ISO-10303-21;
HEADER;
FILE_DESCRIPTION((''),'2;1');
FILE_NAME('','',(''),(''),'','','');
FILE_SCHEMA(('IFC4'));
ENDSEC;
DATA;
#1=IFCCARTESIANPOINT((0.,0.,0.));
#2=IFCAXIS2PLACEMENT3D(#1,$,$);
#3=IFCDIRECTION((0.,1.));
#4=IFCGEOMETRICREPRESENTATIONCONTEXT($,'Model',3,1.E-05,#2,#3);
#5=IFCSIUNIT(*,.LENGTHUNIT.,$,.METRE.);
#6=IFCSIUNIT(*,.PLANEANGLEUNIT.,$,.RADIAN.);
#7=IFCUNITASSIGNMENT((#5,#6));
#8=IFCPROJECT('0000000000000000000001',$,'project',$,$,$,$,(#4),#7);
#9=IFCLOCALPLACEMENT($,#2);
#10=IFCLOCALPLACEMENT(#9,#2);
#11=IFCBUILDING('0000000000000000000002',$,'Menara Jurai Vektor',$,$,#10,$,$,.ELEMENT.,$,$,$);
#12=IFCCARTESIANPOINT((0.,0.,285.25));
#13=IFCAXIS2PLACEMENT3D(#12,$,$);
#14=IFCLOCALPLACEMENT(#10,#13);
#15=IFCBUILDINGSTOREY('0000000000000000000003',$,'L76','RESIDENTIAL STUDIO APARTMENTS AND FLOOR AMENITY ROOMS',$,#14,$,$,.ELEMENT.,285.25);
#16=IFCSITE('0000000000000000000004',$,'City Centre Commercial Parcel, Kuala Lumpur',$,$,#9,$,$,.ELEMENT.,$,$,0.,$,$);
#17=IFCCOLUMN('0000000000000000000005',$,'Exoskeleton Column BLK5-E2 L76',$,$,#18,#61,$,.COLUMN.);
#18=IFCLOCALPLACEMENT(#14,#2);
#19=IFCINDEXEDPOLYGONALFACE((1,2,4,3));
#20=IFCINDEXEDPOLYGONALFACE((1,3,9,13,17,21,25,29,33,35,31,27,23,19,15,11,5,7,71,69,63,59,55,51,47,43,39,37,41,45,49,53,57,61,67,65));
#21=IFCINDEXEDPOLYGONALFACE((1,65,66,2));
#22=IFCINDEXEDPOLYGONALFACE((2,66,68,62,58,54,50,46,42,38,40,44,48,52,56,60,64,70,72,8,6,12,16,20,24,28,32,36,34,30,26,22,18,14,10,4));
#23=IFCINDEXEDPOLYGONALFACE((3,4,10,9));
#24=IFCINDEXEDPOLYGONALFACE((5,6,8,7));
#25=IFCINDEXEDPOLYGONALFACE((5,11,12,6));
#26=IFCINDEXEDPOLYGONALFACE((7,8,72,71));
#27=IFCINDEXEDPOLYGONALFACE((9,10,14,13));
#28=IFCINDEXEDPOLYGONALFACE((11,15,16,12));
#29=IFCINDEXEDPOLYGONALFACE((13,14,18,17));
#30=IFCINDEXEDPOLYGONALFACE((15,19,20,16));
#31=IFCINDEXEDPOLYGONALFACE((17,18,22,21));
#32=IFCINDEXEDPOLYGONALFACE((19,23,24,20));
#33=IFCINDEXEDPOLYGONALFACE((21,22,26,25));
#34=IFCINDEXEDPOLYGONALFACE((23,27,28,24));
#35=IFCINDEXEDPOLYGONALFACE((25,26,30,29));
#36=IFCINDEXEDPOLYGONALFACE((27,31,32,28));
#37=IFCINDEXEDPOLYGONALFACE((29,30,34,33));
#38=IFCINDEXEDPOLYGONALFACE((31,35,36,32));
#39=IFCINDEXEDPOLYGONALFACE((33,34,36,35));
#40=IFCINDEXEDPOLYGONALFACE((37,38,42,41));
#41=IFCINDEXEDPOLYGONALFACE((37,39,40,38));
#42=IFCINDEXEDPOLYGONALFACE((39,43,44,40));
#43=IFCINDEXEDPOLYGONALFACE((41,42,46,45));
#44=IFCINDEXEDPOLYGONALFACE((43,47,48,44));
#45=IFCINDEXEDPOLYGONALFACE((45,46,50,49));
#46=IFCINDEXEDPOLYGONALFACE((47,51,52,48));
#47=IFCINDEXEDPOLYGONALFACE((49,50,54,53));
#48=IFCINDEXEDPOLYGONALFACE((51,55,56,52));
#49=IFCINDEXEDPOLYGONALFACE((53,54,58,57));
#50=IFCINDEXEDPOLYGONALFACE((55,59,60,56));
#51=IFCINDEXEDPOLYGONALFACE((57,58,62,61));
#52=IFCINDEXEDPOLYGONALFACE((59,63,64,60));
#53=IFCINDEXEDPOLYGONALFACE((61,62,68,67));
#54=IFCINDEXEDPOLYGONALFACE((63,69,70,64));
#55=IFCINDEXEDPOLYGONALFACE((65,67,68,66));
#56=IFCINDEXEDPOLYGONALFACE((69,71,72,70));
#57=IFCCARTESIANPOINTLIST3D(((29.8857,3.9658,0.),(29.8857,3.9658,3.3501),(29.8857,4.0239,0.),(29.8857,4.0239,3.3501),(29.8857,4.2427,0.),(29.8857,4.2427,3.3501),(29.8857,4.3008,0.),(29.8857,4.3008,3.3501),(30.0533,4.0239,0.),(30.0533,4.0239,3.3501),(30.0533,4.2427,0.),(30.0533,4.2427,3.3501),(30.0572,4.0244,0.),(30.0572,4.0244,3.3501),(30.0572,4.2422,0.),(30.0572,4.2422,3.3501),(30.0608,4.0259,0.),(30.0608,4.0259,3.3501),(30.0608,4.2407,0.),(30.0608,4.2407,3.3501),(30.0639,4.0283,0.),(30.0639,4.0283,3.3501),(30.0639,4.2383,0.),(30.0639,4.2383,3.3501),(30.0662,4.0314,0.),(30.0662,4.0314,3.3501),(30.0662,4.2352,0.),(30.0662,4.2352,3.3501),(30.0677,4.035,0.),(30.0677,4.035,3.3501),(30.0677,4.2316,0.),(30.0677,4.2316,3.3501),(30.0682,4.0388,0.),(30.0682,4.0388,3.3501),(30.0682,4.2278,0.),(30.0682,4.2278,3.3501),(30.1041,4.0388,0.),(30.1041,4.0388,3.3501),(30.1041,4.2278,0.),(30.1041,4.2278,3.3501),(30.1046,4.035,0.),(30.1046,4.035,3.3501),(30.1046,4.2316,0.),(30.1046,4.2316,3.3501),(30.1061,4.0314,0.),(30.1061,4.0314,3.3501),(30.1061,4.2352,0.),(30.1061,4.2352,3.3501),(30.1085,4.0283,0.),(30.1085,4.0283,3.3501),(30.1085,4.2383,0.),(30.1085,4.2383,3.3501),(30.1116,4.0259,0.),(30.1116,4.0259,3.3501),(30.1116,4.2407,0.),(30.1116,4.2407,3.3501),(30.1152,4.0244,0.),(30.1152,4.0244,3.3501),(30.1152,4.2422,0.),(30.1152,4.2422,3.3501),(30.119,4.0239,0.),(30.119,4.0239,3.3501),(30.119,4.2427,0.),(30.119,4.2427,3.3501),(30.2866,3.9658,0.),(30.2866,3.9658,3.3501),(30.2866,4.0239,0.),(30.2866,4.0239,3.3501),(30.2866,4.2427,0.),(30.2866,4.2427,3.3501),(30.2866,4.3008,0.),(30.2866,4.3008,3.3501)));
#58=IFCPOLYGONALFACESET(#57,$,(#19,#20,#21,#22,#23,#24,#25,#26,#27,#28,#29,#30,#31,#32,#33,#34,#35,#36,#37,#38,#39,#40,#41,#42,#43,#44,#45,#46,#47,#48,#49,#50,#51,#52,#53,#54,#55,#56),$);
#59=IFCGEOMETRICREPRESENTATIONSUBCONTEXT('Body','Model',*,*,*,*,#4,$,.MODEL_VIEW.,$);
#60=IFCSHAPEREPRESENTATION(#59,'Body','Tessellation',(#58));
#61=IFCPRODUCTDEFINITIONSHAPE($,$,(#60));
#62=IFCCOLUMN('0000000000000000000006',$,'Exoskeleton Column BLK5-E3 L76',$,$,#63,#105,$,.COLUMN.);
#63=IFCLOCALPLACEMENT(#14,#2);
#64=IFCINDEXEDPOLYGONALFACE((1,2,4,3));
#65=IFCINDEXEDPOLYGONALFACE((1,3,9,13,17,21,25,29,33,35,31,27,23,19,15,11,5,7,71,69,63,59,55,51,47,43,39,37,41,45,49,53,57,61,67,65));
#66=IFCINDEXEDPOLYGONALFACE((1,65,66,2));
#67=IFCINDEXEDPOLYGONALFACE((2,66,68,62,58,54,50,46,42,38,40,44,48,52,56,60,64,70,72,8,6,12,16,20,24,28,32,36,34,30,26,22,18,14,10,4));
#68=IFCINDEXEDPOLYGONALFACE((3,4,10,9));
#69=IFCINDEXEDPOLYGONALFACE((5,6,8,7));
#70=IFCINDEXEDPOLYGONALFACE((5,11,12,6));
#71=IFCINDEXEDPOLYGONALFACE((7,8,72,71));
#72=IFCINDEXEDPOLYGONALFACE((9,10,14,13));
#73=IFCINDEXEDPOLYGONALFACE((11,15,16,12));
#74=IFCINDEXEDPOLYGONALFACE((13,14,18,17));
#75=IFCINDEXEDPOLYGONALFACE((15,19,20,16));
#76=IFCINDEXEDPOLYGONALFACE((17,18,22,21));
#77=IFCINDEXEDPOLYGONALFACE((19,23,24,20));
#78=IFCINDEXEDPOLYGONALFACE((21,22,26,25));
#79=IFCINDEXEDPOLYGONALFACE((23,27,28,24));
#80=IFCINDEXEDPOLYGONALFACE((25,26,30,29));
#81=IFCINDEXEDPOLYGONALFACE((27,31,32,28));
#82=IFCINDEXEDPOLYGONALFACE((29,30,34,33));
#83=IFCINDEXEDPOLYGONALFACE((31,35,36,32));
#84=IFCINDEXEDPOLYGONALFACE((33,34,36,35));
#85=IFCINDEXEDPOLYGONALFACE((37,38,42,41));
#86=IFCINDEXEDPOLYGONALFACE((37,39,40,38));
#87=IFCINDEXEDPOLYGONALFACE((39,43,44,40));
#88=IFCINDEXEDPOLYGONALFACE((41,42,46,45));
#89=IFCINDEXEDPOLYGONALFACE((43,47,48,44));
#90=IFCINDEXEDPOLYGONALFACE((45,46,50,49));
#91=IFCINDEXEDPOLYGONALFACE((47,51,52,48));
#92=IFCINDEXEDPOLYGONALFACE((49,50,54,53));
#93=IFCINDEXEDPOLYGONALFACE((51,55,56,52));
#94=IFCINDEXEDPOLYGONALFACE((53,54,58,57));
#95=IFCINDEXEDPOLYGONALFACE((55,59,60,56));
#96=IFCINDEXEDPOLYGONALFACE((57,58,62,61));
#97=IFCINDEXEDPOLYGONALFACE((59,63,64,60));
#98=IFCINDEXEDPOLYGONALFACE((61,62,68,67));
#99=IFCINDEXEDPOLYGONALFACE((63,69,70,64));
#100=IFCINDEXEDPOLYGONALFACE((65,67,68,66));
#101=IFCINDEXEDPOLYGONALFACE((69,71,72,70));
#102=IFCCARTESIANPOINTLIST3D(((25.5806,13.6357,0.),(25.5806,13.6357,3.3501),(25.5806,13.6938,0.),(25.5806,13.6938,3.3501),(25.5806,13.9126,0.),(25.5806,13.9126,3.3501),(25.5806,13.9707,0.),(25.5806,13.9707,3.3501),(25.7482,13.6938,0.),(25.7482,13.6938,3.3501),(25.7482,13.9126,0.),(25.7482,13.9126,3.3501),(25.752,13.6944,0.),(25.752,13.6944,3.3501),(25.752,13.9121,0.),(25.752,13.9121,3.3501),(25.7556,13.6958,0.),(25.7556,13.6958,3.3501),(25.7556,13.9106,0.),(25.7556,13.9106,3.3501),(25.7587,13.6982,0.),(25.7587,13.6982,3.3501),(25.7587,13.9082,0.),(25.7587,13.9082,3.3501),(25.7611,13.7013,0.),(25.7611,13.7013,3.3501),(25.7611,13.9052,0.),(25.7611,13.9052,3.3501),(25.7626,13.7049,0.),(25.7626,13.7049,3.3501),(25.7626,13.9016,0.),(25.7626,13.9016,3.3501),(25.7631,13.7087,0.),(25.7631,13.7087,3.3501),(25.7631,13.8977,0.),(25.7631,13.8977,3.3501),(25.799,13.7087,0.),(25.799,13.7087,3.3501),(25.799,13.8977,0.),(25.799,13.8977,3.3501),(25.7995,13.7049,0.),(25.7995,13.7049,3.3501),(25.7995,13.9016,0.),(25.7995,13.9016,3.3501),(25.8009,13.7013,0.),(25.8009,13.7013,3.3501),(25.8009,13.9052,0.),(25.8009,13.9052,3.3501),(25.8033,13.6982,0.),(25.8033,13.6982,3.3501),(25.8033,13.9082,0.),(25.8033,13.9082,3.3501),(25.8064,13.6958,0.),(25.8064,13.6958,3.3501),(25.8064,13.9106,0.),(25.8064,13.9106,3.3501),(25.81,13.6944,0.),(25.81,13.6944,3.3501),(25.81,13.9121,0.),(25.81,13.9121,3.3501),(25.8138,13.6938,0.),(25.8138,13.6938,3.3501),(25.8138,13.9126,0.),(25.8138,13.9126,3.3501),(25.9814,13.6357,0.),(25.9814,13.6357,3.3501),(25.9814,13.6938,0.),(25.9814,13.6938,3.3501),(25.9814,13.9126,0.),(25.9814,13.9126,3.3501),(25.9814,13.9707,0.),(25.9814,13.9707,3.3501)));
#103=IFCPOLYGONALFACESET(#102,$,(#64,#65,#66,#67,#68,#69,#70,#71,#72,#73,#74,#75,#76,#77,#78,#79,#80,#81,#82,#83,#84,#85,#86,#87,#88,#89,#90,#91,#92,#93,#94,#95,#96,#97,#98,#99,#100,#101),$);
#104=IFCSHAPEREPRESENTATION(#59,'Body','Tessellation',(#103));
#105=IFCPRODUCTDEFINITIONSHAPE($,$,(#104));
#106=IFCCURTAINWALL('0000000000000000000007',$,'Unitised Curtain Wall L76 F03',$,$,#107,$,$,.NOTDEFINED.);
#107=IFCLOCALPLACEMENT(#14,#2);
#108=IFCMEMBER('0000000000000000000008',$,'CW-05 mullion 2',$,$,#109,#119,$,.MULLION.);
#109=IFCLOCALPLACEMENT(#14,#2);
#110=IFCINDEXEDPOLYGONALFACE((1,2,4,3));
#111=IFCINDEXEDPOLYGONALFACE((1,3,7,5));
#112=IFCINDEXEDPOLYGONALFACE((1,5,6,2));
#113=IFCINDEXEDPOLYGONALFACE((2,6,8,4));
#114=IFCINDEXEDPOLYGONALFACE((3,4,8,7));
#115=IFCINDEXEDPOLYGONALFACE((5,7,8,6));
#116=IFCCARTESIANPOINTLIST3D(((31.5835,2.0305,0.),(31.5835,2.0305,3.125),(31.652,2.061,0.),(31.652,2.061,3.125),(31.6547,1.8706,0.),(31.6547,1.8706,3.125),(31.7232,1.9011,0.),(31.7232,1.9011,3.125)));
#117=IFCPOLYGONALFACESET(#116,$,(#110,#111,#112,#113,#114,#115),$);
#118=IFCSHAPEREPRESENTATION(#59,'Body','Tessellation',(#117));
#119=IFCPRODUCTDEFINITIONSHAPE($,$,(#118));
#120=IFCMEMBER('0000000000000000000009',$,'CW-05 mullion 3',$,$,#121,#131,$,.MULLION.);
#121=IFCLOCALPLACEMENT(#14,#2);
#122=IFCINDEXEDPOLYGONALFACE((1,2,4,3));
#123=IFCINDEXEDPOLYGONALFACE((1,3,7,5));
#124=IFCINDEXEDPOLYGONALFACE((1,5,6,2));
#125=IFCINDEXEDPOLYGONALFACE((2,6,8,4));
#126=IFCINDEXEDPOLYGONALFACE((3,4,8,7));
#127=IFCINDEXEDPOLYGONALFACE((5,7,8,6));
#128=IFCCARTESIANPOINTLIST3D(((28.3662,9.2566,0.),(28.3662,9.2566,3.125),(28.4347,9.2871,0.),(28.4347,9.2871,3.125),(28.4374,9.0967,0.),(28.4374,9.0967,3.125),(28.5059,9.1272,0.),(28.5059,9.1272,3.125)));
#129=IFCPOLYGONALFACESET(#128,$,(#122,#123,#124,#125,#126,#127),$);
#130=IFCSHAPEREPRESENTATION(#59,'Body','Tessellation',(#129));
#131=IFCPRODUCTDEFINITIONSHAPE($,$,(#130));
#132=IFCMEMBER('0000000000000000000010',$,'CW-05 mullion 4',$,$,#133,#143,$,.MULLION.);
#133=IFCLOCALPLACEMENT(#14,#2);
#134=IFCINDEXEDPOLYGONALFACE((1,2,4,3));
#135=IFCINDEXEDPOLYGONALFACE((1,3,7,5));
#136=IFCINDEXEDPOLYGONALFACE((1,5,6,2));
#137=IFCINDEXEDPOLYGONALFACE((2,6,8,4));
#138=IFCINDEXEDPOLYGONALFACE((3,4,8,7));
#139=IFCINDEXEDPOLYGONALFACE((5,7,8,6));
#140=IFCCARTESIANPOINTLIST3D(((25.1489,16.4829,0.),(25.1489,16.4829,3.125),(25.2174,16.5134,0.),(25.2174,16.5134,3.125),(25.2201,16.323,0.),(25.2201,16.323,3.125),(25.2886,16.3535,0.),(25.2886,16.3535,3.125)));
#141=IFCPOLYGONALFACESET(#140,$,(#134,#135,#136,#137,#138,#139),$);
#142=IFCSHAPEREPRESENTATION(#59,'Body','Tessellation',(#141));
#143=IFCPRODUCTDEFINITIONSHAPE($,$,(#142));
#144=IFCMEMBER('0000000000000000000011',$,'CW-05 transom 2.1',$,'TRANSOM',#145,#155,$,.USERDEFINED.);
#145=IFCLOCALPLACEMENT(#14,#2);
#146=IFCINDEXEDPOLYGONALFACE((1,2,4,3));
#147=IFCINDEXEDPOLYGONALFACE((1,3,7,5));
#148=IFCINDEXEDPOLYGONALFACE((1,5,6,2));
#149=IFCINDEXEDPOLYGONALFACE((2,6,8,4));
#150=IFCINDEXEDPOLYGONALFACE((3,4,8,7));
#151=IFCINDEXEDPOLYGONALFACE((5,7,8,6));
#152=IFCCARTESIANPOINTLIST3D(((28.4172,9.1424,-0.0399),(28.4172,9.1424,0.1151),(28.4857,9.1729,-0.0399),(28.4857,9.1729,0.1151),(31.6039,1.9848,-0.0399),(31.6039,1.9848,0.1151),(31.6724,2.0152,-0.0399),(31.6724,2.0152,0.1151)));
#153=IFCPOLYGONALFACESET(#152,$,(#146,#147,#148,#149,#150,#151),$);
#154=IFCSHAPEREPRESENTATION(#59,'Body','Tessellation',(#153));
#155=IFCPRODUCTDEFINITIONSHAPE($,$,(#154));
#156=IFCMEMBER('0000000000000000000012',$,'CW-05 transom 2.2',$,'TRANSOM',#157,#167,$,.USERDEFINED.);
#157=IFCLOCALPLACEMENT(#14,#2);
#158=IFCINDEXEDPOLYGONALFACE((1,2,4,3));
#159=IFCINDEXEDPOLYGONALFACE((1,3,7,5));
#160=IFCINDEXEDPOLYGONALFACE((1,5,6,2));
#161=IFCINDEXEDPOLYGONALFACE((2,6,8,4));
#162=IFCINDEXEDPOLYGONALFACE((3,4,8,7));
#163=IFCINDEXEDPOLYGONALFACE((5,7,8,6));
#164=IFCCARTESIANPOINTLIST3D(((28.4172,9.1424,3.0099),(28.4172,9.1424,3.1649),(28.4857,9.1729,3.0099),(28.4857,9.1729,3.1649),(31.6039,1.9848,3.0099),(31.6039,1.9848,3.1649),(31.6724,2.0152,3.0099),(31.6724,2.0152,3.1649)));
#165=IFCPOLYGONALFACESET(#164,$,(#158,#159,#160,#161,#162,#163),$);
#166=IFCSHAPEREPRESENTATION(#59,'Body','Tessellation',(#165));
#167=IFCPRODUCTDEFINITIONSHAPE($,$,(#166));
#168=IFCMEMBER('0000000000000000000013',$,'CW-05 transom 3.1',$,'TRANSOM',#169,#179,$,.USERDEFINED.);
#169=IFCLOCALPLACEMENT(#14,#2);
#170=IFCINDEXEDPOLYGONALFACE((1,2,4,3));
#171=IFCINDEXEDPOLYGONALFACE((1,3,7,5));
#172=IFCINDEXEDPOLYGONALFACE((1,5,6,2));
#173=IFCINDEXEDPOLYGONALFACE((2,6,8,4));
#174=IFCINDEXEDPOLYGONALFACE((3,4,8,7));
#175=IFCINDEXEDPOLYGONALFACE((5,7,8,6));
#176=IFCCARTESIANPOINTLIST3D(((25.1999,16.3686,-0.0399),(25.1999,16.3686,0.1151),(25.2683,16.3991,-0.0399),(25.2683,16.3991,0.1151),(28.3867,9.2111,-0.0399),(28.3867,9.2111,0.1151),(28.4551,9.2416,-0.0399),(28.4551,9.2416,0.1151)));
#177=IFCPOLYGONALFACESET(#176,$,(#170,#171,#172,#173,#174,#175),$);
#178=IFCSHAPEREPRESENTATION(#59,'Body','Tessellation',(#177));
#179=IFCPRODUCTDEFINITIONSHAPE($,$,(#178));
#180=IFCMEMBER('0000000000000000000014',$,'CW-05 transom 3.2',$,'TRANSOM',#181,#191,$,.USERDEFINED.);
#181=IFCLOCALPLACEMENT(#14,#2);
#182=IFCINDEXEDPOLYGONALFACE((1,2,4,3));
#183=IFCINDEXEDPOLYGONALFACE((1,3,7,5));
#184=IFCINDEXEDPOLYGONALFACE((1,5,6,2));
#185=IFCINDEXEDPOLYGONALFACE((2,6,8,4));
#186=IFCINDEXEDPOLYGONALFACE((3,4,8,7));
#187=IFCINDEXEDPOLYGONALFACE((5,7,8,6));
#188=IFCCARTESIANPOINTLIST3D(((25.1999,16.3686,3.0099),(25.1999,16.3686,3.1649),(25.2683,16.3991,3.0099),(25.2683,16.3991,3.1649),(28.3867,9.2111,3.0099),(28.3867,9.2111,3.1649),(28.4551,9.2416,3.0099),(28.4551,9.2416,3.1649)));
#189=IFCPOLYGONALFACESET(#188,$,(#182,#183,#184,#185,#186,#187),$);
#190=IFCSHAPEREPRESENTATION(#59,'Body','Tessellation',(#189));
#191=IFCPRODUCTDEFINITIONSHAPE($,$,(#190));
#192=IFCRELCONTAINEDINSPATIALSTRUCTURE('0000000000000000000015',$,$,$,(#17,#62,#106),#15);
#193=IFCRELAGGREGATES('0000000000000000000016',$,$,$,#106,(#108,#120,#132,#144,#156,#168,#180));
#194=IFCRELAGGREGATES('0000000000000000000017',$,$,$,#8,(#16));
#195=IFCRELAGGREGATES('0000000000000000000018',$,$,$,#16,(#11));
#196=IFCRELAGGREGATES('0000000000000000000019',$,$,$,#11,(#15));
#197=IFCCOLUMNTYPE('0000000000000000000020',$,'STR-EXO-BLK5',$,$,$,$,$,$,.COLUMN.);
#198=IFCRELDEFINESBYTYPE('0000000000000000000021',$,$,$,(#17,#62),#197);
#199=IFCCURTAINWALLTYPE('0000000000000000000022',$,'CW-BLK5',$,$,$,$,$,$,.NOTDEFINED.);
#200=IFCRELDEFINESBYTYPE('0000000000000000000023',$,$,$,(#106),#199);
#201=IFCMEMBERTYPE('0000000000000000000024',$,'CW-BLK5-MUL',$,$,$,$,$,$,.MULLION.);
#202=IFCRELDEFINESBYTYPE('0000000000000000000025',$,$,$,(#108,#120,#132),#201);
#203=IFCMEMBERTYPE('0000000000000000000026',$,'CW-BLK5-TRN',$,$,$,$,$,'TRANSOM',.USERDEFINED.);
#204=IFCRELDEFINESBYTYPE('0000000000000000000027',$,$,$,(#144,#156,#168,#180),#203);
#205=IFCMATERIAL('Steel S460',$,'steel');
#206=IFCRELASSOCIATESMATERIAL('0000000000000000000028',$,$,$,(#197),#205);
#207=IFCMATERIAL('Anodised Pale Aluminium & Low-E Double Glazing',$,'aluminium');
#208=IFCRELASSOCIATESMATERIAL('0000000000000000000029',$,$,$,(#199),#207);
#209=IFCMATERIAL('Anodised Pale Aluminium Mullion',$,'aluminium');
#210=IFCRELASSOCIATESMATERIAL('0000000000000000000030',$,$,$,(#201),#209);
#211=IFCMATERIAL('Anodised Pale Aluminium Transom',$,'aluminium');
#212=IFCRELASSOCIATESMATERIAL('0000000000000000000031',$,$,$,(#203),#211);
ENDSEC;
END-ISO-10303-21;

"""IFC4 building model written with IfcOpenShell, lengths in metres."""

from ifc_helpers import new_model, si_unit, direction, frame, origin, origin_2d, place, context, subcontext, project, spatial, rectangle, i_section, extrude, material, material_profile, profile_set, type_object, element, aggregate, save


model = new_model("IFC4")

# Units and contexts
model_context = context("Model", 3, precision=1e-05, world=origin(), true_north=direction((0.0, 1.0)))
body_context = subcontext(model_context, "Body", "Model", "MODEL_VIEW")
ifc_project = project(units=[si_unit("LENGTHUNIT", "METRE"), si_unit("PLANEANGLEUNIT", "RADIAN")], contexts=[model_context])

# Site, building, storey
site_placement = place(None, origin())
site = spatial("IfcSite", under=ifc_project, at=site_placement, Name="City Centre Commercial Parcel, Kuala Lumpur", CompositionType="ELEMENT", RefElevation=0.0)
building_placement = place(site_placement, origin())
building = spatial("IfcBuilding", under=site, at=building_placement, Name="Menara Jurai Vektor", CompositionType="ELEMENT")
storey_placement = place(building_placement, frame((0.0, 0.0, 285.25)))
storey = spatial("IfcBuildingStorey", under=building, at=storey_placement, Name="L76", Description="RESIDENTIAL STUDIO APARTMENTS AND FLOOR AMENITY ROOMS", CompositionType="ELEMENT", Elevation=285.25)

# Columns
ifc_material_1 = material(Name="Steel S460", Category="steel")
ifc_material_profile_1 = material_profile(ifc_material_1, i_section(OverallWidth=0.4009, OverallDepth=0.335, WebThickness=0.0359, FlangeThickness=0.0581, FilletRadius=0.0149, at=origin_2d()), Name="HD 400x463")
ifc_profile_set_1 = profile_set([ifc_material_profile_1], Name="Steel S460")
column_type = type_object("IfcColumnType", Name="STR-EXO-BLK5", PredefinedType="COLUMN", material=ifc_profile_set_1)
for number, where, z_axis, x_axis, name in (
    (1, (30.0862, 4.1333, 0.0), (0.0, 0.0, 1.0), (1.0, 0.0, 0.0), "Exoskeleton Column BLK5-E2 L76"),
    (2, (25.781, 13.8032, 0.0), (0.0, 0.0, 1.0), (1.0, 0.0, 0.0), "Exoskeleton Column BLK5-E3 L76"),
):
    element("IfcColumn", number, at=place(storey_placement, frame(where, z_axis=z_axis, x_axis=x_axis)), inside=storey, type_object=column_type, Name=name, PredefinedType="COLUMN", context=body_context, shape_type="SweptSolid", body=[
        extrude(i_section(OverallWidth=0.4009, OverallDepth=0.335, WebThickness=0.0359, FlangeThickness=0.0581, FilletRadius=0.0149, at=origin_2d()), origin(), (0.0, 0.0, 1.0), 3.3501),
    ])

# Curtain wall, members
ifc_material_2 = material(Name="Anodised Pale Aluminium & Low-E Double Glazing", Category="aluminium")
curtain_wall_type = type_object("IfcCurtainWallType", Name="CW-BLK5", PredefinedType="NOTDEFINED", material=ifc_material_2)
curtain_wall_placement = place(storey_placement, origin())
curtain_wall = element("IfcCurtainWall", 3, at=curtain_wall_placement, inside=storey, type_object=curtain_wall_type, Name="Unitised Curtain Wall L76 F03", PredefinedType="NOTDEFINED")
ifc_material_3 = material(Name="Anodised Pale Aluminium Mullion", Category="aluminium")
ifc_material_profile_2 = material_profile(ifc_material_3, rectangle(XDim=0.075, YDim=0.175, at=origin_2d()), Name="ALU MUL 75x175")
ifc_profile_set_2 = profile_set([ifc_material_profile_2], Name="Anodised Pale Aluminium Mullion")
member_type_1 = type_object("IfcMemberType", Name="CW-BLK5-MUL", PredefinedType="MULLION", material=ifc_profile_set_2)
member_1_placement = place(storey_placement, frame((31.6533, 1.9658, 0.0), z_axis=(0.0, 0.0, 1.0), x_axis=(-0.913546, -0.406735, 0.0)))
member_1 = element("IfcMember", 4, at=member_1_placement, type_object=member_type_1, Name="CW-05 mullion 2", PredefinedType="MULLION", context=body_context, shape_type="SweptSolid", body=[
    extrude(rectangle(XDim=0.075, YDim=0.175, at=origin_2d()), origin(), (0.0, 0.0, 1.0), 3.125),
])
member_2_placement = place(storey_placement, frame((28.436, 9.1919, 0.0), z_axis=(0.0, 0.0, 1.0), x_axis=(-0.913546, -0.406735, 0.0)))
member_2 = element("IfcMember", 5, at=member_2_placement, type_object=member_type_1, Name="CW-05 mullion 3", PredefinedType="MULLION", context=body_context, shape_type="SweptSolid", body=[
    extrude(rectangle(XDim=0.075, YDim=0.175, at=origin_2d()), origin(), (0.0, 0.0, 1.0), 3.125),
])
member_3_placement = place(storey_placement, frame((25.2188, 16.4182, 0.0), z_axis=(0.0, 0.0, 1.0), x_axis=(-0.913546, -0.406735, 0.0)))
member_3 = element("IfcMember", 6, at=member_3_placement, type_object=member_type_1, Name="CW-05 mullion 4", PredefinedType="MULLION", context=body_context, shape_type="SweptSolid", body=[
    extrude(rectangle(XDim=0.075, YDim=0.175, at=origin_2d()), origin(), (0.0, 0.0, 1.0), 3.125),
])
ifc_material_4 = material(Name="Anodised Pale Aluminium Transom", Category="aluminium")
ifc_material_profile_3 = material_profile(ifc_material_4, rectangle(XDim=0.075, YDim=0.155, at=origin_2d()), Name="ALU TRN 75x155")
ifc_profile_set_3 = profile_set([ifc_material_profile_3], Name="Anodised Pale Aluminium Transom")
member_type_2 = type_object("IfcMemberType", Name="CW-BLK5-TRN", ElementType="TRANSOM", PredefinedType="USERDEFINED", material=ifc_profile_set_3)
member_4_placement = place(storey_placement, frame((31.6382, 2.0, 0.0376), z_axis=(-0.406731, 0.913548, 0.0), x_axis=(-0.913548, -0.406731, 0.0)))
member_4 = element("IfcMember", 7, at=member_4_placement, type_object=member_type_2, Name="CW-05 transom 2.1", ObjectType="TRANSOM", PredefinedType="USERDEFINED", context=body_context, shape_type="SweptSolid", body=[
    extrude(rectangle(XDim=0.075, YDim=0.155, at=origin_2d()), origin(), (0.0, 0.0, 1.0), 7.835),
])
member_5_placement = place(storey_placement, frame((31.6382, 2.0, 3.0874), z_axis=(-0.406731, 0.913548, 0.0), x_axis=(-0.913548, -0.406731, 0.0)))
member_5 = element("IfcMember", 8, at=member_5_placement, type_object=member_type_2, Name="CW-05 transom 2.2", ObjectType="TRANSOM", PredefinedType="USERDEFINED", context=body_context, shape_type="SweptSolid", body=[
    extrude(rectangle(XDim=0.075, YDim=0.155, at=origin_2d()), origin(), (0.0, 0.0, 1.0), 7.835),
])
member_6_placement = place(storey_placement, frame((28.4209, 9.2263, 0.0376), z_axis=(-0.406743, 0.913543, 0.0), x_axis=(-0.913543, -0.406743, 0.0)))
member_6 = element("IfcMember", 9, at=member_6_placement, type_object=member_type_2, Name="CW-05 transom 3.1", ObjectType="TRANSOM", PredefinedType="USERDEFINED", context=body_context, shape_type="SweptSolid", body=[
    extrude(rectangle(XDim=0.075, YDim=0.155, at=origin_2d()), origin(), (0.0, 0.0, 1.0), 7.835),
])
member_7_placement = place(storey_placement, frame((28.4209, 9.2263, 3.0874), z_axis=(-0.406743, 0.913543, 0.0), x_axis=(-0.913543, -0.406743, 0.0)))
member_7 = element("IfcMember", 10, at=member_7_placement, type_object=member_type_2, Name="CW-05 transom 3.2", ObjectType="TRANSOM", PredefinedType="USERDEFINED", context=body_context, shape_type="SweptSolid", body=[
    extrude(rectangle(XDim=0.075, YDim=0.155, at=origin_2d()), origin(), (0.0, 0.0, 1.0), 7.835),
])

aggregate(curtain_wall, [member_1, member_2, member_3, member_4, member_5, member_6, member_7])

save(model, "model.ifc")
